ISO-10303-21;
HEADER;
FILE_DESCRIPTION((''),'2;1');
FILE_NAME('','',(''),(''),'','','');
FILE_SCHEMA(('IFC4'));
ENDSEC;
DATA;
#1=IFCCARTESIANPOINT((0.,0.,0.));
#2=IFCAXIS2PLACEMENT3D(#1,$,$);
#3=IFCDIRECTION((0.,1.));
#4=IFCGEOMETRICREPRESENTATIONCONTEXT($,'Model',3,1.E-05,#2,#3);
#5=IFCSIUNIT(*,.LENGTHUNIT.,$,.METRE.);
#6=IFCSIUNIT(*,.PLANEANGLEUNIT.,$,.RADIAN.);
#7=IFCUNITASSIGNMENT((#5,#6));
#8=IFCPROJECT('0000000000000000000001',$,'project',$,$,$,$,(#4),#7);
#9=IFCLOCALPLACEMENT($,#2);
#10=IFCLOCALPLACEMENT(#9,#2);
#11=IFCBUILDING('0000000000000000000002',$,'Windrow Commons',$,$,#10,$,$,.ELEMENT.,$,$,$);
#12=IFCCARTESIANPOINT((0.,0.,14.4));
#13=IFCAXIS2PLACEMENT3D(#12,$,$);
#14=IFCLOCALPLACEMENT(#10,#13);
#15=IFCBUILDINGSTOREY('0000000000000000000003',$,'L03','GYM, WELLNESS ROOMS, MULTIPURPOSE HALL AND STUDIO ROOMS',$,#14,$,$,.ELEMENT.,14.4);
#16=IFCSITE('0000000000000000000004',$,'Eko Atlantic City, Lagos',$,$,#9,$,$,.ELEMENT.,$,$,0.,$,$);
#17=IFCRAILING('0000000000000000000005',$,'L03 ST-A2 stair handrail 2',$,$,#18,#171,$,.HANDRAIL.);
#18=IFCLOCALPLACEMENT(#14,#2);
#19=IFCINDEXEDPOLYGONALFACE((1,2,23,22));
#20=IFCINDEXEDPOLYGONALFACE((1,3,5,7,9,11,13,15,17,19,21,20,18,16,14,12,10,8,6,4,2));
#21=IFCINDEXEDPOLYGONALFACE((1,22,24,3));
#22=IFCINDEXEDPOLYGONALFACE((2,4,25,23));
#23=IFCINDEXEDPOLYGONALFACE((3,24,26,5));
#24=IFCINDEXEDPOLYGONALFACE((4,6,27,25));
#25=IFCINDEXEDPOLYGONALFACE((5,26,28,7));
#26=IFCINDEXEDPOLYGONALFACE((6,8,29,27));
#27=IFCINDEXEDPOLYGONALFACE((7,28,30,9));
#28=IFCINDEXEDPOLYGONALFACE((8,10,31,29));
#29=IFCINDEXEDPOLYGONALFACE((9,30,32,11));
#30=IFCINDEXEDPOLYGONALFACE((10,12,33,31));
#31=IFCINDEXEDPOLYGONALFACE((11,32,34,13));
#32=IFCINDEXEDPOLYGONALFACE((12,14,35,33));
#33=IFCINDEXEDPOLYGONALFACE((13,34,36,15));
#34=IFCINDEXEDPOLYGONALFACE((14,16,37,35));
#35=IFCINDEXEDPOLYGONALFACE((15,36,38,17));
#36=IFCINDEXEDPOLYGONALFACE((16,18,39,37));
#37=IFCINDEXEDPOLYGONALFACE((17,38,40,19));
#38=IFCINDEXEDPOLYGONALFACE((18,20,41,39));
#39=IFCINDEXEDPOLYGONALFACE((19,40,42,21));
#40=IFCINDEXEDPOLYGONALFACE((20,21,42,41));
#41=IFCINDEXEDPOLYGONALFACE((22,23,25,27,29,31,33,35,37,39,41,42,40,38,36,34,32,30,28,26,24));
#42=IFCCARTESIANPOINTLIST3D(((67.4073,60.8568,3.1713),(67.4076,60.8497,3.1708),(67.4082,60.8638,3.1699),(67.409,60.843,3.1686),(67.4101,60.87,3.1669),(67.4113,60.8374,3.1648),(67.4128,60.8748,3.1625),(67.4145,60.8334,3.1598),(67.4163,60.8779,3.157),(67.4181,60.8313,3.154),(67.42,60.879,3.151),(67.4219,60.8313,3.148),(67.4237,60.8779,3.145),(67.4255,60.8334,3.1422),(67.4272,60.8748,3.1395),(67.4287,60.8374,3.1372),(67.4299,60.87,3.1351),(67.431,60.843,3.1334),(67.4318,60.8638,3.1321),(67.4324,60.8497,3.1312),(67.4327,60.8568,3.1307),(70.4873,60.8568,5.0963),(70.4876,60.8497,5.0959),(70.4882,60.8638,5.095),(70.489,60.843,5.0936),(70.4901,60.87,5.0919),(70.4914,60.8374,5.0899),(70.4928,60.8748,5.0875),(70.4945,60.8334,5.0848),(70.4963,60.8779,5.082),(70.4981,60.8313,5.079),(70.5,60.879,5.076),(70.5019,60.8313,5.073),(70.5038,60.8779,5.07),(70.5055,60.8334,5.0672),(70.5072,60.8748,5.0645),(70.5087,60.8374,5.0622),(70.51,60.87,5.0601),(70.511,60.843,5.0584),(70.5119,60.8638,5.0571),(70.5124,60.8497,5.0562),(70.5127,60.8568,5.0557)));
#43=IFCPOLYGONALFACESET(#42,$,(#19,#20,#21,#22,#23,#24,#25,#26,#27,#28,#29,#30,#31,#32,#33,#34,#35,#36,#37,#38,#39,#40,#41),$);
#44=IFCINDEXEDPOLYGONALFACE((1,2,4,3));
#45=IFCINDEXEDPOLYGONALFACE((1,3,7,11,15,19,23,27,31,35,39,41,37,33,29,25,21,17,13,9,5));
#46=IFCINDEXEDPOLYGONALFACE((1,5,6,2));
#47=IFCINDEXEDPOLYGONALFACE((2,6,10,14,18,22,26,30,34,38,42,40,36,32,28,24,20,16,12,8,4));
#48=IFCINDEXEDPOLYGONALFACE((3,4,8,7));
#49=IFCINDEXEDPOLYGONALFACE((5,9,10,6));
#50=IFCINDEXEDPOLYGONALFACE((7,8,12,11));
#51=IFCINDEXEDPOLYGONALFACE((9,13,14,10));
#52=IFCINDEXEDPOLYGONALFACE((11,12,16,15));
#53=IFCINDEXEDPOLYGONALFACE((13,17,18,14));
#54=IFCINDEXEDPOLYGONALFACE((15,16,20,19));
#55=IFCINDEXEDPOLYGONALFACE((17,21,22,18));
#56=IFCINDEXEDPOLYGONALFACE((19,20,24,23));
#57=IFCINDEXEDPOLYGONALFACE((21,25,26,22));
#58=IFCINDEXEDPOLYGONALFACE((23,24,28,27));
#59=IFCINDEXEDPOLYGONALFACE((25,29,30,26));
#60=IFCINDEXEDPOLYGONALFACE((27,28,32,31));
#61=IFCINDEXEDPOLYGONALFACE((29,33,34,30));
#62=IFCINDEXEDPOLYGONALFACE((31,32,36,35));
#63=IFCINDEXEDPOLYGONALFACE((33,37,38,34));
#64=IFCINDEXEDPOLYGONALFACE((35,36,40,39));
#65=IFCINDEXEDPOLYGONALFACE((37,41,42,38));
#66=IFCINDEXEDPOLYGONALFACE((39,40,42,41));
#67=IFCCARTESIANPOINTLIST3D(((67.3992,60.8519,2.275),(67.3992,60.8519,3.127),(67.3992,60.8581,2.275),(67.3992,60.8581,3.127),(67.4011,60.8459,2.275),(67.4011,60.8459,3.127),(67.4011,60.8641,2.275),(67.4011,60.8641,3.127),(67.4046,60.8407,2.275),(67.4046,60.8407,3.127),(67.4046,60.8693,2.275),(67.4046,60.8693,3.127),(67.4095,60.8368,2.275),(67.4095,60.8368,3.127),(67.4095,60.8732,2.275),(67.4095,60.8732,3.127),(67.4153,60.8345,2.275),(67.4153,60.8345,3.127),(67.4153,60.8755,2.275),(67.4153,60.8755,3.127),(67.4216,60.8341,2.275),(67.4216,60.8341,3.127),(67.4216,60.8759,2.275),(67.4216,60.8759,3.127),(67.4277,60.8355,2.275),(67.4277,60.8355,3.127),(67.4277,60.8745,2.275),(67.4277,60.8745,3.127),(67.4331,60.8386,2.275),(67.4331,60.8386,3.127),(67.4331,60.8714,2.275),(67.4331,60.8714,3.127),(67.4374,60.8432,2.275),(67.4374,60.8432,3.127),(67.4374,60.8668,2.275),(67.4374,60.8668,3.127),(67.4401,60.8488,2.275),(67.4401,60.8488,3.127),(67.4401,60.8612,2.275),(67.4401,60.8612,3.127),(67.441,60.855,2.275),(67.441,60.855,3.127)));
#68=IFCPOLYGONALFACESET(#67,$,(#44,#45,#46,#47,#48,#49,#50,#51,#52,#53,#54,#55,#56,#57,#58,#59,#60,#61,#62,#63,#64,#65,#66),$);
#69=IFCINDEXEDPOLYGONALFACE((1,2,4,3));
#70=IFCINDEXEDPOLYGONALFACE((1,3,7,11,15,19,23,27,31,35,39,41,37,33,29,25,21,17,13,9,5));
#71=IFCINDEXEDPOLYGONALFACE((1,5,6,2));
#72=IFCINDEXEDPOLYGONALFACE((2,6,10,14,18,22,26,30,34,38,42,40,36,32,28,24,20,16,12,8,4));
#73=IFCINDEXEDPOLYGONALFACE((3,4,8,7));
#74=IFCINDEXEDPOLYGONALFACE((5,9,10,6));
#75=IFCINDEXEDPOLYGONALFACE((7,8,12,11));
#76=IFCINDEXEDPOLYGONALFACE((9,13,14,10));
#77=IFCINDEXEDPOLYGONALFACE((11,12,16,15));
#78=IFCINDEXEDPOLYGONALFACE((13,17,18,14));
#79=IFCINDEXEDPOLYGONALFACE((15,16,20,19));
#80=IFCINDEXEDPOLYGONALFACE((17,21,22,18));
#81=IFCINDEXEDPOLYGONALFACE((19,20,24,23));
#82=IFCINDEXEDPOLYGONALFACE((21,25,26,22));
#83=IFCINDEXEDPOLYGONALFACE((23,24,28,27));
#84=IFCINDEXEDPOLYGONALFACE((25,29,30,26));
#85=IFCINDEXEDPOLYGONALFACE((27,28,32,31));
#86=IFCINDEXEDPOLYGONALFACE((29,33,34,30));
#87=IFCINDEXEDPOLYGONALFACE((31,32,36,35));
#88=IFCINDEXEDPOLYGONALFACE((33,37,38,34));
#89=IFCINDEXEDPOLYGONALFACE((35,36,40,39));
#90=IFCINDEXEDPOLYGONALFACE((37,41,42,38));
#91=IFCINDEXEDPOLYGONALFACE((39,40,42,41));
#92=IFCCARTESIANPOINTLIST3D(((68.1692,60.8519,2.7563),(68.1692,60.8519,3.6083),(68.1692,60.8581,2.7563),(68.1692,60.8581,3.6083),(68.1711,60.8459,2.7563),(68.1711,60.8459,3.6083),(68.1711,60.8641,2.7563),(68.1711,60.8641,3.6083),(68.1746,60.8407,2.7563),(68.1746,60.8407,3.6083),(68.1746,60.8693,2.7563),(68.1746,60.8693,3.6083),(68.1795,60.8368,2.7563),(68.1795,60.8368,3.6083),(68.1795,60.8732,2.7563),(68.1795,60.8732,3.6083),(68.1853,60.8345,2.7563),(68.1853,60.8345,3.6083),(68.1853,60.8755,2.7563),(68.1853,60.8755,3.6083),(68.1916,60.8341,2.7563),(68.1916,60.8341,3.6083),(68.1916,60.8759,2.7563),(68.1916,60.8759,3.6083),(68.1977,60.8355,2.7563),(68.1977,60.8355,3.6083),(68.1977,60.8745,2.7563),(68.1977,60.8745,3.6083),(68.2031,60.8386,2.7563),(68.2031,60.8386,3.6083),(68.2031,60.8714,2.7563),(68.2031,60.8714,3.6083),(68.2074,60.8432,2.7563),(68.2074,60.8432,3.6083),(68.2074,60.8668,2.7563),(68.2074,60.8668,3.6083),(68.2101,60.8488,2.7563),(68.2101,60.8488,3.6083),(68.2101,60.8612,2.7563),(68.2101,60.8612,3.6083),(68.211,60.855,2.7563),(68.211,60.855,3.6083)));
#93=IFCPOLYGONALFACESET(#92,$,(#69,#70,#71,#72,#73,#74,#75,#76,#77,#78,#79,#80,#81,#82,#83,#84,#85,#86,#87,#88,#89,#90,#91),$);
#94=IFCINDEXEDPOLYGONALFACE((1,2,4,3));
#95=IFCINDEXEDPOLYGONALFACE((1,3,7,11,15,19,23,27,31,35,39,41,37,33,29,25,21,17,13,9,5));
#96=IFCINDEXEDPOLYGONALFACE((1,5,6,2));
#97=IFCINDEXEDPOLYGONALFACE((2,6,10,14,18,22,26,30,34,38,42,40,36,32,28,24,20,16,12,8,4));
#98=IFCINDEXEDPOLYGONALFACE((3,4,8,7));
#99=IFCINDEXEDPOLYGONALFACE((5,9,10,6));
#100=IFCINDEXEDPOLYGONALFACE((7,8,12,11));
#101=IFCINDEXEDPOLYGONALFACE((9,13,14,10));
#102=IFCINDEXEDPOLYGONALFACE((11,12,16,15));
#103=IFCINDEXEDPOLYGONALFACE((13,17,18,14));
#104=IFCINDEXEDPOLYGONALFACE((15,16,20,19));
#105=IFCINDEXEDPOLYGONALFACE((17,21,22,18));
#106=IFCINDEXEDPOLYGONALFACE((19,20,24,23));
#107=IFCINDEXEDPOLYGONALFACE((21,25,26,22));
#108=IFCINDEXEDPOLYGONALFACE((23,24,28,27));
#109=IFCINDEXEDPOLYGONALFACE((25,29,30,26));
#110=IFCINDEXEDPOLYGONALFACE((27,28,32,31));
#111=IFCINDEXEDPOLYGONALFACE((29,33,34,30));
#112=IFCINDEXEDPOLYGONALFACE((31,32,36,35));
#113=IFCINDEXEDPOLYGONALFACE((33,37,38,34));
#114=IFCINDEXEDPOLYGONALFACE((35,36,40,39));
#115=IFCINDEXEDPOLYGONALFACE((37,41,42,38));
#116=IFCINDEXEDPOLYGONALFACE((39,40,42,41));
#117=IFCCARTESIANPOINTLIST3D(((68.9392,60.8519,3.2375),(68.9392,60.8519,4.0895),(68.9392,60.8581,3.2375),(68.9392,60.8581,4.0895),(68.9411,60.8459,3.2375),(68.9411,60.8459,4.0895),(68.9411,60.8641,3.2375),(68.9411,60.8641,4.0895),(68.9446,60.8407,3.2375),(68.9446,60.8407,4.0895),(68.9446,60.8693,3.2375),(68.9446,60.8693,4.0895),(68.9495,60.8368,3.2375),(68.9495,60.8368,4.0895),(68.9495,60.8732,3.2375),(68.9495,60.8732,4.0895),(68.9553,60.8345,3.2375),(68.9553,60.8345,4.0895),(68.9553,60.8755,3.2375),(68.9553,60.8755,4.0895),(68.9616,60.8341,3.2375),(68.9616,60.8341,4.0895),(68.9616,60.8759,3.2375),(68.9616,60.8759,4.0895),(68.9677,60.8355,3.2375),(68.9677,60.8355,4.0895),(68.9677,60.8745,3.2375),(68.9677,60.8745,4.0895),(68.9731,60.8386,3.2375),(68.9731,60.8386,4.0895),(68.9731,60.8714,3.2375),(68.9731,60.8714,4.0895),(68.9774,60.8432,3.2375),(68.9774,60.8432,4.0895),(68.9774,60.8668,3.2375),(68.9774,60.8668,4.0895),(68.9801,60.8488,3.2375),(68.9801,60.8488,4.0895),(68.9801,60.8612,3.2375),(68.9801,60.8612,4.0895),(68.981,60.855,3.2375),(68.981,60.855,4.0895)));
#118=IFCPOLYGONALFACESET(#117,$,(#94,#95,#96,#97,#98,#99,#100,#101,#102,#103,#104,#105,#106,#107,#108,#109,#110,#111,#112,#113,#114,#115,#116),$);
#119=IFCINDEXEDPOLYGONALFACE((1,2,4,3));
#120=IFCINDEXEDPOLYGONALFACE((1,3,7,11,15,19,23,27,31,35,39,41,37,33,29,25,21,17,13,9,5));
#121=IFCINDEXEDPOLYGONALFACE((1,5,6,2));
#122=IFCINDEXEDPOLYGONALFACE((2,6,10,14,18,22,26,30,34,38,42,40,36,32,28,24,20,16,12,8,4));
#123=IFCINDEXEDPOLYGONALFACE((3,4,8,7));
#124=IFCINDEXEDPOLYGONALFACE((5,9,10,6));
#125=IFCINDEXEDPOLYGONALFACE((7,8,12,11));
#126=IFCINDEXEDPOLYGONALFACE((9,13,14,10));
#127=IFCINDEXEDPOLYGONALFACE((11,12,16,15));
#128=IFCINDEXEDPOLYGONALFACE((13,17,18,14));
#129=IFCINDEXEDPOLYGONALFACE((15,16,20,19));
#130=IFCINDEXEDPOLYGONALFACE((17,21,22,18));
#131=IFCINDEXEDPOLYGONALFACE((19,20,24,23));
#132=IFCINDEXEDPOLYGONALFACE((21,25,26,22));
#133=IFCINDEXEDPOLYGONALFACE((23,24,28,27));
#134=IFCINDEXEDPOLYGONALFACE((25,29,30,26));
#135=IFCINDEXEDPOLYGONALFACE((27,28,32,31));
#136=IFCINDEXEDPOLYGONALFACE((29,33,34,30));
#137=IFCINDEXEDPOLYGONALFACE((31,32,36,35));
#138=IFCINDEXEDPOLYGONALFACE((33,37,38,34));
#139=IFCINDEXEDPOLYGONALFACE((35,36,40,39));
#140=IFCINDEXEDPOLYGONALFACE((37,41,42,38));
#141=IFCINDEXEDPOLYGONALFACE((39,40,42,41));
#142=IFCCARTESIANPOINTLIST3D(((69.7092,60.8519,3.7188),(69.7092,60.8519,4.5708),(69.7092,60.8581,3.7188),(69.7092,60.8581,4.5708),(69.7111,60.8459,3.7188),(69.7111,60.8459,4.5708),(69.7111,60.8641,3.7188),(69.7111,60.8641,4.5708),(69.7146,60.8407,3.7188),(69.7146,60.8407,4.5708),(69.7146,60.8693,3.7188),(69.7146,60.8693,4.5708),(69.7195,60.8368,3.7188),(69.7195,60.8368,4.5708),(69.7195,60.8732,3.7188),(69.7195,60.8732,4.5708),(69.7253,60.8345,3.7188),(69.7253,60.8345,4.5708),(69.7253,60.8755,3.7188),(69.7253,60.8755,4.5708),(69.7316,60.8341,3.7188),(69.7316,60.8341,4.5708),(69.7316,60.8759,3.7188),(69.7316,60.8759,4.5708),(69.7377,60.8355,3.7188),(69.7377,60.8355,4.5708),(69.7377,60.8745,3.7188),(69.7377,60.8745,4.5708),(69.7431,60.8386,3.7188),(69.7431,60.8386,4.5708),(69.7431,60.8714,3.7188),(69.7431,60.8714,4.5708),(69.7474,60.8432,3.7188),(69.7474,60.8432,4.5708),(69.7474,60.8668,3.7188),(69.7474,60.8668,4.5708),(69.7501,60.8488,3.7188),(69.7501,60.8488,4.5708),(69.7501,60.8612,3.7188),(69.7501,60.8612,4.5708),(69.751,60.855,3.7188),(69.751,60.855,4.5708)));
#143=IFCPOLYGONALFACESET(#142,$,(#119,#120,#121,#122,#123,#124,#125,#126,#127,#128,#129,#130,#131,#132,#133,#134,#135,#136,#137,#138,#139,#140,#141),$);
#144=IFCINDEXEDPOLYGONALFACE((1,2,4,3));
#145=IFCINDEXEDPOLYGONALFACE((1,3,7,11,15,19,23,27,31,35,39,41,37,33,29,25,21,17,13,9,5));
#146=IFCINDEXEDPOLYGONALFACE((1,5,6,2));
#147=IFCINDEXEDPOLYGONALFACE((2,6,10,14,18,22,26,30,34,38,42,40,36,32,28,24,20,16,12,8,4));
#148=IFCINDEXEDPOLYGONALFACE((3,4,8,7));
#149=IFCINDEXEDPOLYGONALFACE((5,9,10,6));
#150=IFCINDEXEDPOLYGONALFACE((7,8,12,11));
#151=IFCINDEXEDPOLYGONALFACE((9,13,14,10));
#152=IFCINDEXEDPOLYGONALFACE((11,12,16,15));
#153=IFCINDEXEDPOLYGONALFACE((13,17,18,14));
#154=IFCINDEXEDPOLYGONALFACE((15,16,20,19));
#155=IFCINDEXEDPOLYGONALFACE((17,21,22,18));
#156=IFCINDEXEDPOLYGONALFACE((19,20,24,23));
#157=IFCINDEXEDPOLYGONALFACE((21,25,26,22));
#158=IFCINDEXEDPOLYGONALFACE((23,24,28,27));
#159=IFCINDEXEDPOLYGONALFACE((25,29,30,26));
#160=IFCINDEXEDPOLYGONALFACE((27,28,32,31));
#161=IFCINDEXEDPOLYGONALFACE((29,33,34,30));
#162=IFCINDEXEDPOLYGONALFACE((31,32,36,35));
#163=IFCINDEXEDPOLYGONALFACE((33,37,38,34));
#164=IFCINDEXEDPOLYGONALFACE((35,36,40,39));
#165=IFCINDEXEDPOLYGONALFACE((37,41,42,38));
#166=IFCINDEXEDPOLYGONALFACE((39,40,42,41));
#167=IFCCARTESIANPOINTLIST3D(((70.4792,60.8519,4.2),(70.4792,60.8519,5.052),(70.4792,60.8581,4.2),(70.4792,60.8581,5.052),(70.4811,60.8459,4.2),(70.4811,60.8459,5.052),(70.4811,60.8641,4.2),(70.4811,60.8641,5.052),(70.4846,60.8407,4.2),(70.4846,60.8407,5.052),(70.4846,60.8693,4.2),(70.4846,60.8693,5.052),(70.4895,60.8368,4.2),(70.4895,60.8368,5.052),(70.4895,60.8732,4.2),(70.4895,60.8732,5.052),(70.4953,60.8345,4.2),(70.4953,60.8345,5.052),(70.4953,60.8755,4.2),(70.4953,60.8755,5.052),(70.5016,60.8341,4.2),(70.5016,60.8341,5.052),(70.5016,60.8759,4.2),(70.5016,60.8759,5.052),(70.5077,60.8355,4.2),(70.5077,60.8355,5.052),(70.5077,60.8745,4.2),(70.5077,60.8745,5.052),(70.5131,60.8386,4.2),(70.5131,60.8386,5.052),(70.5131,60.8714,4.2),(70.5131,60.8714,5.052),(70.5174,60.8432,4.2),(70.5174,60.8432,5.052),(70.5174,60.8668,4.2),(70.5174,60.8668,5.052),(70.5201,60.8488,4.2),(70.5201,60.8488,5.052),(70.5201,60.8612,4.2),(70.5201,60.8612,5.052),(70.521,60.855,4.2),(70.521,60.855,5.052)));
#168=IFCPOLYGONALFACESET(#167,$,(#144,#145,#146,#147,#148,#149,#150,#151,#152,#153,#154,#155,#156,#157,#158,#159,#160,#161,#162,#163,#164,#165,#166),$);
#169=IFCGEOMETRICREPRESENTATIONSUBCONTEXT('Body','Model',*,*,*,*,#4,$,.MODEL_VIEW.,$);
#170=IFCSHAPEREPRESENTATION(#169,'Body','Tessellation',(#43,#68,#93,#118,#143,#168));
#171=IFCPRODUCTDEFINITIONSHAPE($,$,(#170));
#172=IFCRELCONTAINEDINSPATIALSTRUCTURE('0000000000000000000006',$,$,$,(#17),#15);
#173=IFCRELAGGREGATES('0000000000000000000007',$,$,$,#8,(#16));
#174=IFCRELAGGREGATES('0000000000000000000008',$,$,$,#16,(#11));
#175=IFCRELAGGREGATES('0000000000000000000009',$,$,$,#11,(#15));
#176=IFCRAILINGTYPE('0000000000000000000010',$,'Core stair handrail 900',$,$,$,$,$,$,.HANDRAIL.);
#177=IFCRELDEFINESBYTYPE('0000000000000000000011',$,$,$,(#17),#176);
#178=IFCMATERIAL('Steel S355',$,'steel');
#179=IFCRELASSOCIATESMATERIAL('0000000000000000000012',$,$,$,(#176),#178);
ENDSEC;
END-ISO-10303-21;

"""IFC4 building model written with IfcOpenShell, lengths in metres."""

from ifc_helpers import new_model, si_unit, direction, frame, origin, origin_2d, place, context, subcontext, project, spatial, circle, extrude, material, type_object, element, save


model = new_model("IFC4")

# Units and contexts
model_context = context("Model", 3, precision=1e-05, world=origin(), true_north=direction((0.0, 1.0)))
body_context = subcontext(model_context, "Body", "Model", "MODEL_VIEW")
ifc_project = project(units=[si_unit("LENGTHUNIT", "METRE"), si_unit("PLANEANGLEUNIT", "RADIAN")], contexts=[model_context])

# Site, building, storey
site_placement = place(None, origin())
site = spatial("IfcSite", under=ifc_project, at=site_placement, Name="Eko Atlantic City, Lagos", CompositionType="ELEMENT", RefElevation=0.0)
building_placement = place(site_placement, origin())
building = spatial("IfcBuilding", under=site, at=building_placement, Name="Windrow Commons", CompositionType="ELEMENT")
storey_placement = place(building_placement, frame((0.0, 0.0, 14.4)))
storey = spatial("IfcBuildingStorey", under=building, at=storey_placement, Name="L03", Description="GYM, WELLNESS ROOMS, MULTIPURPOSE HALL AND STUDIO ROOMS", CompositionType="ELEMENT", Elevation=14.4)

# Railing
ifc_material_1 = material(Name="Steel S355", Category="steel")
railing_type_1 = type_object("IfcRailingType", Name="Core stair handrail 900", PredefinedType="HANDRAIL", material=ifc_material_1)
railing_1_placement = place(storey_placement, frame((67.42, 60.855, 2.275)))
element("IfcRailing", 1, at=railing_1_placement, inside=storey, type_object=railing_type_1, Name="L03 ST-A2 stair handrail 2", PredefinedType="HANDRAIL", context=body_context, shape_type="SweptSolid", body=[
    extrude(circle(Radius=0.024, at=origin_2d()), frame((0.0, 0.0, 0.876), z_axis=(0.847998, 0.0, 0.529999), x_axis=(0.0, 1.0, 0.0)), (0.0, 0.0, 1.0), 3.6321),
    extrude(circle(Radius=0.021, at=origin_2d()), origin(), (0.0, 0.0, 1.0), 0.852),
    extrude(circle(Radius=0.021, at=origin_2d()), frame((0.77, 0.0, 0.4813)), (0.0, 0.0, 1.0), 0.852),
    extrude(circle(Radius=0.021, at=origin_2d()), frame((1.54, 0.0, 0.9625)), (0.0, 0.0, 1.0), 0.852),
    extrude(circle(Radius=0.021, at=origin_2d()), frame((2.31, 0.0, 1.4438)), (0.0, 0.0, 1.0), 0.852),
    extrude(circle(Radius=0.021, at=origin_2d()), frame((3.08, 0.0, 1.925)), (0.0, 0.0, 1.0), 0.852),
])

save(model, "model.ifc")
